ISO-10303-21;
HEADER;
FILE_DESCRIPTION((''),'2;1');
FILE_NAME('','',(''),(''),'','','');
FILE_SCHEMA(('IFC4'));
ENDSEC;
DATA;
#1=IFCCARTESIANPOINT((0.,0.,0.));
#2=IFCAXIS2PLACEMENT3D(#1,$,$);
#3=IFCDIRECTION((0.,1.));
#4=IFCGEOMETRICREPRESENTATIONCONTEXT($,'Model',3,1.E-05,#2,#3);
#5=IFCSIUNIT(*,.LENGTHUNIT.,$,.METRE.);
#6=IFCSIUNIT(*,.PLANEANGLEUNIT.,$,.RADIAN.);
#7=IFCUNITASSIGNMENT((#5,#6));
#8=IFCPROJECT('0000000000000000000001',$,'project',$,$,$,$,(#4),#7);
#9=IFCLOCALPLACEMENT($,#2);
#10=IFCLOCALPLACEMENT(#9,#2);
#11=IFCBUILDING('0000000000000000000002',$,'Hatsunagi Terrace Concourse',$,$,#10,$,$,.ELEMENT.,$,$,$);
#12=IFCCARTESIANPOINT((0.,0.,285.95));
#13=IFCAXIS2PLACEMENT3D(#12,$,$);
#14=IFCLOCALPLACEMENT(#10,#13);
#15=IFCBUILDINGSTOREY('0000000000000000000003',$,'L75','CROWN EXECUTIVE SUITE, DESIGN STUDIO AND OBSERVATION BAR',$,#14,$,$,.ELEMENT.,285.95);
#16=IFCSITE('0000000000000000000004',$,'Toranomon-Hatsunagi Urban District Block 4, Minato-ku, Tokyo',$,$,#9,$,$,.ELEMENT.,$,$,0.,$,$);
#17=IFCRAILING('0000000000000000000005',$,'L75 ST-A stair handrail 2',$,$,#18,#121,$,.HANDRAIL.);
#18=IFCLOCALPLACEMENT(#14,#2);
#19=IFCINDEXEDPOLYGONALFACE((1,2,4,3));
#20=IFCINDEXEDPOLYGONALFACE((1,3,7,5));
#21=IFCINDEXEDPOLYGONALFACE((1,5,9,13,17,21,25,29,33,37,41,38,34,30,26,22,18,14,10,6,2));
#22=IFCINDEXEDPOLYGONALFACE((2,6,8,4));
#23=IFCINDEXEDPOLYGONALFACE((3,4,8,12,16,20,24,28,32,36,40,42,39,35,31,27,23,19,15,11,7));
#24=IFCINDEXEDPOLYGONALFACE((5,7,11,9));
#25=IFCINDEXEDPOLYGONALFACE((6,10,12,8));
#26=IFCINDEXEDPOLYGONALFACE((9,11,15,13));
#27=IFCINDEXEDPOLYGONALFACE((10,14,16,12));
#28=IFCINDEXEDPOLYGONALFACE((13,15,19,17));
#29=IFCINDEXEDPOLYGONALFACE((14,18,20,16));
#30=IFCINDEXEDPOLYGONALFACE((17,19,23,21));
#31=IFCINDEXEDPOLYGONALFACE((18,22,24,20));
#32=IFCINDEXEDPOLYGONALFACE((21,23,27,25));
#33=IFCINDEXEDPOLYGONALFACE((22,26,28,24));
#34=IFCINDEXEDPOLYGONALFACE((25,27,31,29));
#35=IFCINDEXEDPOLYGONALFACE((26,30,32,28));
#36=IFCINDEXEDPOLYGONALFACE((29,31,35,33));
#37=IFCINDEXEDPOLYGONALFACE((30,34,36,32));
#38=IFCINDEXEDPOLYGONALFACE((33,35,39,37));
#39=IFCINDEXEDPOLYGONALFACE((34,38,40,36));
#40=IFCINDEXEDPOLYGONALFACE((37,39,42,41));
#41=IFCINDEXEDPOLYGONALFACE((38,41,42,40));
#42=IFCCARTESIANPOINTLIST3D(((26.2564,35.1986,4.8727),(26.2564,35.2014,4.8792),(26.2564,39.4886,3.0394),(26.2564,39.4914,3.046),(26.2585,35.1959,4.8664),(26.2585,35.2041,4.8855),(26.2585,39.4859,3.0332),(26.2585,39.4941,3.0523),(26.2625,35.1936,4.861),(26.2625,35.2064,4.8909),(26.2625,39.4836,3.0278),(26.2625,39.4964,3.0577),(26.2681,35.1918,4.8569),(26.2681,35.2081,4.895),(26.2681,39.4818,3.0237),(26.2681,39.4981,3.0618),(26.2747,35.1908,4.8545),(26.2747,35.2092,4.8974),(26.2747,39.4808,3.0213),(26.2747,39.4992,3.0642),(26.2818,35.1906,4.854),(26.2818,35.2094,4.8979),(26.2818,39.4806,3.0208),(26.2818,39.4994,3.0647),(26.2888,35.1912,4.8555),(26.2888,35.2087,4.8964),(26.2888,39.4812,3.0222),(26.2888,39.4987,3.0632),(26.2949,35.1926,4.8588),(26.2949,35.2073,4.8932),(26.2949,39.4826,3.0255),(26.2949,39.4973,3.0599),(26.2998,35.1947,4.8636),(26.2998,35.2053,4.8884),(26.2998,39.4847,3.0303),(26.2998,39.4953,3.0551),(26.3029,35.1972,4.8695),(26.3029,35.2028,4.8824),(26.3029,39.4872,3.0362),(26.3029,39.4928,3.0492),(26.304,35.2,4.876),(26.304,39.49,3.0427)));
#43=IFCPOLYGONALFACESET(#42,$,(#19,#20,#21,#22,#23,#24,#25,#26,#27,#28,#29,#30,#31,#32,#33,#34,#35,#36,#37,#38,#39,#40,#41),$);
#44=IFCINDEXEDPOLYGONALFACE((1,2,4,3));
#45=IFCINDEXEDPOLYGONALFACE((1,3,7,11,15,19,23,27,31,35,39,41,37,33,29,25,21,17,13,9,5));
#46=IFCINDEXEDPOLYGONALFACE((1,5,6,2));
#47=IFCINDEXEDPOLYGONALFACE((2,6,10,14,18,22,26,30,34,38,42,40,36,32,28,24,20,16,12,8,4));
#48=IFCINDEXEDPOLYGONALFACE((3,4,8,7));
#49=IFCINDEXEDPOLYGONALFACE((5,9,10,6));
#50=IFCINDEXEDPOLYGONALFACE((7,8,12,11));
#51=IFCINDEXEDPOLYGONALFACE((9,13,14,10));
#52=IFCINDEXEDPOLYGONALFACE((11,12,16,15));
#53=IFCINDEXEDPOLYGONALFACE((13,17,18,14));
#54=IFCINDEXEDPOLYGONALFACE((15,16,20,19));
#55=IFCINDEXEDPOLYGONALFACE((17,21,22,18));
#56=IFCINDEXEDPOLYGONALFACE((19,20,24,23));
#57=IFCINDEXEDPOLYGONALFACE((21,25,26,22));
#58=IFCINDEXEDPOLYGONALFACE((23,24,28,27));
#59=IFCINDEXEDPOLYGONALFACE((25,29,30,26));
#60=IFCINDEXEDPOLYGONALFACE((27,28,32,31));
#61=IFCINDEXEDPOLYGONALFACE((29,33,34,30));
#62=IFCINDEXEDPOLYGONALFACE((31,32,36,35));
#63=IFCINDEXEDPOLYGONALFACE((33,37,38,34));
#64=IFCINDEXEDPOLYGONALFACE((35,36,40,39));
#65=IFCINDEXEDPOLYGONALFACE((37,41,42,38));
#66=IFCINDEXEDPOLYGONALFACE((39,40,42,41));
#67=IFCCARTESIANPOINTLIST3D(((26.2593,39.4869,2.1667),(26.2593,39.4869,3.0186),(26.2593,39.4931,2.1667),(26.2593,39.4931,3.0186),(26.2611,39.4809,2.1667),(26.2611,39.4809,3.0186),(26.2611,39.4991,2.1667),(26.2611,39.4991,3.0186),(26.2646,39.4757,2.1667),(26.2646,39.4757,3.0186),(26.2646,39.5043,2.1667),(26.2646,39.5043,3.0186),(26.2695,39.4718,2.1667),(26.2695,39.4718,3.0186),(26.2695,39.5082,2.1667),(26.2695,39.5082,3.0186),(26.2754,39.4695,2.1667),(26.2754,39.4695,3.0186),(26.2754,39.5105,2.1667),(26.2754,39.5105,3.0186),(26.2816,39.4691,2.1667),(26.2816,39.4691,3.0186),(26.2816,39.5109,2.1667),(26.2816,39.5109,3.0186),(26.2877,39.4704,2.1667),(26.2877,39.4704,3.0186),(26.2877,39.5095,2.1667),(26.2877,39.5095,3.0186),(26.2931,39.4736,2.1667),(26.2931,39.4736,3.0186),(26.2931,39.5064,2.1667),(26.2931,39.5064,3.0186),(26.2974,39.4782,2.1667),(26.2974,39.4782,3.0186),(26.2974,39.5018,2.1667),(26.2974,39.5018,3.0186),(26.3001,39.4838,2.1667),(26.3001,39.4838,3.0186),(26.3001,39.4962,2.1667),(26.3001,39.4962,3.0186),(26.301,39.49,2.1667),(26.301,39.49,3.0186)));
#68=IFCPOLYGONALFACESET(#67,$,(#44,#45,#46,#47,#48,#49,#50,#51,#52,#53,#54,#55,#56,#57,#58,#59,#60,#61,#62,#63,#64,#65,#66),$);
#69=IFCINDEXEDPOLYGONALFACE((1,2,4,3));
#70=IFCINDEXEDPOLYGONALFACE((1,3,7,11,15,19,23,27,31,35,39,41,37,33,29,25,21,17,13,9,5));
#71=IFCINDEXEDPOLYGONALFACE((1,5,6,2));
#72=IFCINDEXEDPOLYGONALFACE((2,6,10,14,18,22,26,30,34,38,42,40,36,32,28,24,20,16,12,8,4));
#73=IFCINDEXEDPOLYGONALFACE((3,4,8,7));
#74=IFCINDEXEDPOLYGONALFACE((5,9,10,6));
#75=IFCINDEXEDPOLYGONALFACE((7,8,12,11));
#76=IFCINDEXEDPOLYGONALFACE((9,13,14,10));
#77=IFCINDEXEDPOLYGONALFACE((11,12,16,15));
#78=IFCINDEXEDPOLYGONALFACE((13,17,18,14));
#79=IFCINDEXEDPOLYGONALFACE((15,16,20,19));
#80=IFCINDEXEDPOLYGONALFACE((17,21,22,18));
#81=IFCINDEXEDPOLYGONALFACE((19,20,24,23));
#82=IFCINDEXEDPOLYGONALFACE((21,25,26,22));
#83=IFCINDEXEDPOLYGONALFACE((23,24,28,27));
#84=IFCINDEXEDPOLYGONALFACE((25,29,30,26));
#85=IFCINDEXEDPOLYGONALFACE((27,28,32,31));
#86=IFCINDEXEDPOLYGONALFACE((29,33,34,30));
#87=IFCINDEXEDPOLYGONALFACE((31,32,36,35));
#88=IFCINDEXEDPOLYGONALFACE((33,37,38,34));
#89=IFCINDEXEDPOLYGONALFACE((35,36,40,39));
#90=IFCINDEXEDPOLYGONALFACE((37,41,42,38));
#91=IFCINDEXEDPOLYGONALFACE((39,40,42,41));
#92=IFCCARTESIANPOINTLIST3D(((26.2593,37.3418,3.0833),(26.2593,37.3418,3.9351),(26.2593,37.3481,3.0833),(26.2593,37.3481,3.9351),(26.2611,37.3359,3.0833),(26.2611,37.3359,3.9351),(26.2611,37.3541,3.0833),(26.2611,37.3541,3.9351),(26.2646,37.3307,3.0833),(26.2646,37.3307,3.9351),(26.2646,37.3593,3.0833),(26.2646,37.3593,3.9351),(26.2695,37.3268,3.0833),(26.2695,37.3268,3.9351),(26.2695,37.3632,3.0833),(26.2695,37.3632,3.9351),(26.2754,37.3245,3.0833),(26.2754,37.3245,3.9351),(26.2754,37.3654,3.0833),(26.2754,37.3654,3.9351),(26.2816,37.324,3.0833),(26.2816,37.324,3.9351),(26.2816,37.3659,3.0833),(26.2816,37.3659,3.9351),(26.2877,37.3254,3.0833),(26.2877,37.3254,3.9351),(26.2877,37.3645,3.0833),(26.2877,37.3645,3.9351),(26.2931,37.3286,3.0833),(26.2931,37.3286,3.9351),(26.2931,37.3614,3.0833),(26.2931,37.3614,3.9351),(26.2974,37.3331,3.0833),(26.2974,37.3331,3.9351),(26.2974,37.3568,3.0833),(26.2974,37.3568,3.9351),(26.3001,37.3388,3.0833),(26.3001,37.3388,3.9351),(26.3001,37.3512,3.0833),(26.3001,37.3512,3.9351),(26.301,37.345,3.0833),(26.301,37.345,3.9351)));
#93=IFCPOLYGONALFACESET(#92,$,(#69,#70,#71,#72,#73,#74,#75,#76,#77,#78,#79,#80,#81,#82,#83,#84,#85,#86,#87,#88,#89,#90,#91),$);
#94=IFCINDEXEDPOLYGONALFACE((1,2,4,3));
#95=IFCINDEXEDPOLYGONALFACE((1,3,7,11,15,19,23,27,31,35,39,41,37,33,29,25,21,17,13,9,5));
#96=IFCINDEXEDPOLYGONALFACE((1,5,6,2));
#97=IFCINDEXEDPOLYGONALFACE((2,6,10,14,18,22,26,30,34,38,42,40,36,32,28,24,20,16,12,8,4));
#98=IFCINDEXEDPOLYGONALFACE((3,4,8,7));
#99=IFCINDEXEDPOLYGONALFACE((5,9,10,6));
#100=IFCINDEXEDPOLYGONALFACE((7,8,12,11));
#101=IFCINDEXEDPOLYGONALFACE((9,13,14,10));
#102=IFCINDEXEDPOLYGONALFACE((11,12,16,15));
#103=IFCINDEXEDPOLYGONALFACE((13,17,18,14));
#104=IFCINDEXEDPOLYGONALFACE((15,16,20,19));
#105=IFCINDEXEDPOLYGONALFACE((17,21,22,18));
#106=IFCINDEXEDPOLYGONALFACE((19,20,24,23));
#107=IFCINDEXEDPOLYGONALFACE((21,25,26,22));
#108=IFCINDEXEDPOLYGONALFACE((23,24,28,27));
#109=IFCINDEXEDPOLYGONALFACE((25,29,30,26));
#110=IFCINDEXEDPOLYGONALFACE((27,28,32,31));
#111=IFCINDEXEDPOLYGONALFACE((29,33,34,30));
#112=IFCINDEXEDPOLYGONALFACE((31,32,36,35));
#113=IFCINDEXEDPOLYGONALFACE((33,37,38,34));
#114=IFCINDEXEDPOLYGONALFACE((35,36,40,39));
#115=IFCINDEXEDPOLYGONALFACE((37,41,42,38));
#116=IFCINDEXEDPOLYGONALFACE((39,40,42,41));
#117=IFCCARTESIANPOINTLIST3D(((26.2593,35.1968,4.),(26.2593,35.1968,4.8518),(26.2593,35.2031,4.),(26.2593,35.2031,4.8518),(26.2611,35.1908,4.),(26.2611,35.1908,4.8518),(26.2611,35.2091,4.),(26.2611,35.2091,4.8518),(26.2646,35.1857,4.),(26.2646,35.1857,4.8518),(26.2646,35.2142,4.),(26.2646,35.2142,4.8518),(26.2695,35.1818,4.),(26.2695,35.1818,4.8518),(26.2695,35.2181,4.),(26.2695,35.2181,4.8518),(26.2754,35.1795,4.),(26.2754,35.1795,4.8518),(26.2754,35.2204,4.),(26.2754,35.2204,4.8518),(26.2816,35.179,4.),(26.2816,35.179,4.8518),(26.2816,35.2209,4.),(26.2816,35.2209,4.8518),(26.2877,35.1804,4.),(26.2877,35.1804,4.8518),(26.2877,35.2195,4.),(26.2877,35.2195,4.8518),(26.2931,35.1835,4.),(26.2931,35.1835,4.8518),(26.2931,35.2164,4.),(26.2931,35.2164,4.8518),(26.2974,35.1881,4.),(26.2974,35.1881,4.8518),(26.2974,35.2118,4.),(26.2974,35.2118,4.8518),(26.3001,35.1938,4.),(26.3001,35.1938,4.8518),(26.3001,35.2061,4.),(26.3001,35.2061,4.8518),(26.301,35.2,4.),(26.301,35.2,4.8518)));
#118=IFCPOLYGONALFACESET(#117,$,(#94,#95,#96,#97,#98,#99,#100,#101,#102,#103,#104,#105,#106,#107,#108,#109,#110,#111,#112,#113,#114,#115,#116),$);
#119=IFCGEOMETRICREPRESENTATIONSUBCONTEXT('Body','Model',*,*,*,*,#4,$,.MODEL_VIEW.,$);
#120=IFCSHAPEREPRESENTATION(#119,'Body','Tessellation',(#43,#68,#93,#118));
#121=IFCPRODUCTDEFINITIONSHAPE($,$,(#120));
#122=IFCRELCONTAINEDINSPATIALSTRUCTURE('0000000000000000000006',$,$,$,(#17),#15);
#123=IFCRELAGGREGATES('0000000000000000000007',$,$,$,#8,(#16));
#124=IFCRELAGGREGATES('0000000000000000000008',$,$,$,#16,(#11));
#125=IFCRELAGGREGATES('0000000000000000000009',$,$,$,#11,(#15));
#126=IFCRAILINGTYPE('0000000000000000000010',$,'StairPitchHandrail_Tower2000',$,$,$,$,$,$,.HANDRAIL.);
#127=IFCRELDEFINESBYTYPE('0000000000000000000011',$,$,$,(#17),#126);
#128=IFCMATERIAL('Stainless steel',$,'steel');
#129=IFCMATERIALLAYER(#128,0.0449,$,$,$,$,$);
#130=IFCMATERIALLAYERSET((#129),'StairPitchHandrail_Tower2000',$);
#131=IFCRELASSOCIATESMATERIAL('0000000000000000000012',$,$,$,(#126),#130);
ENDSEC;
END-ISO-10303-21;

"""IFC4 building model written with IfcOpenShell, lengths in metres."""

from ifc_helpers import new_model, si_unit, direction, frame, origin, origin_2d, place, context, subcontext, project, spatial, circle, extrude, material, layer, layer_set, type_object, element, save


model = new_model("IFC4")

# Units and contexts
model_context = context("Model", 3, precision=1e-05, world=origin(), true_north=direction((0.0, 1.0)))
body_context = subcontext(model_context, "Body", "Model", "MODEL_VIEW")
ifc_project = project(units=[si_unit("LENGTHUNIT", "METRE"), si_unit("PLANEANGLEUNIT", "RADIAN")], contexts=[model_context])

# Site, building, storey
site_placement = place(None, origin())
site = spatial("IfcSite", under=ifc_project, at=site_placement, Name="Toranomon-Hatsunagi Urban District Block 4, Minato-ku, Tokyo", CompositionType="ELEMENT", RefElevation=0.0)
building_placement = place(site_placement, origin())
building = spatial("IfcBuilding", under=site, at=building_placement, Name="Hatsunagi Terrace Concourse", CompositionType="ELEMENT")
storey_placement = place(building_placement, frame((0.0, 0.0, 285.95)))
storey = spatial("IfcBuildingStorey", under=building, at=storey_placement, Name="L75", Description="CROWN EXECUTIVE SUITE, DESIGN STUDIO AND OBSERVATION BAR", CompositionType="ELEMENT", Elevation=285.95)

# Railing
ifc_material_1 = material(Name="Stainless steel", Category="steel")
ifc_layer_1 = layer(ifc_material_1, 0.0449)
ifc_layer_set_1 = layer_set([ifc_layer_1], Name="StairPitchHandrail_Tower2000")
railing_type_1 = type_object("IfcRailingType", Name="StairPitchHandrail_Tower2000", PredefinedType="HANDRAIL", material=ifc_layer_set_1)
railing_1_placement = place(storey_placement, frame((26.28, 39.49, 2.1667)))
element("IfcRailing", 1, at=railing_1_placement, inside=storey, type_object=railing_type_1, Name="L75 ST-A stair handrail 2", PredefinedType="HANDRAIL", context=body_context, shape_type="SweptSolid", body=[
    extrude(circle(Radius=0.0239, at=origin_2d()), frame((0.0, 0.0, 0.876), z_axis=(0.0, -0.919559, 0.392953), x_axis=(1.0, 0.0, 0.0)), (0.0, 0.0, 1.0), 4.6653),
    extrude(circle(Radius=0.021, at=origin_2d()), origin(), (0.0, 0.0, 1.0), 0.8518),
    extrude(circle(Radius=0.021, at=origin_2d()), frame((0.0, -2.145, 0.9165)), (0.0, 0.0, 1.0), 0.8518),
    extrude(circle(Radius=0.021, at=origin_2d()), frame((0.0, -4.29, 1.8333)), (0.0, 0.0, 1.0), 0.8518),
])

save(model, "model.ifc")
